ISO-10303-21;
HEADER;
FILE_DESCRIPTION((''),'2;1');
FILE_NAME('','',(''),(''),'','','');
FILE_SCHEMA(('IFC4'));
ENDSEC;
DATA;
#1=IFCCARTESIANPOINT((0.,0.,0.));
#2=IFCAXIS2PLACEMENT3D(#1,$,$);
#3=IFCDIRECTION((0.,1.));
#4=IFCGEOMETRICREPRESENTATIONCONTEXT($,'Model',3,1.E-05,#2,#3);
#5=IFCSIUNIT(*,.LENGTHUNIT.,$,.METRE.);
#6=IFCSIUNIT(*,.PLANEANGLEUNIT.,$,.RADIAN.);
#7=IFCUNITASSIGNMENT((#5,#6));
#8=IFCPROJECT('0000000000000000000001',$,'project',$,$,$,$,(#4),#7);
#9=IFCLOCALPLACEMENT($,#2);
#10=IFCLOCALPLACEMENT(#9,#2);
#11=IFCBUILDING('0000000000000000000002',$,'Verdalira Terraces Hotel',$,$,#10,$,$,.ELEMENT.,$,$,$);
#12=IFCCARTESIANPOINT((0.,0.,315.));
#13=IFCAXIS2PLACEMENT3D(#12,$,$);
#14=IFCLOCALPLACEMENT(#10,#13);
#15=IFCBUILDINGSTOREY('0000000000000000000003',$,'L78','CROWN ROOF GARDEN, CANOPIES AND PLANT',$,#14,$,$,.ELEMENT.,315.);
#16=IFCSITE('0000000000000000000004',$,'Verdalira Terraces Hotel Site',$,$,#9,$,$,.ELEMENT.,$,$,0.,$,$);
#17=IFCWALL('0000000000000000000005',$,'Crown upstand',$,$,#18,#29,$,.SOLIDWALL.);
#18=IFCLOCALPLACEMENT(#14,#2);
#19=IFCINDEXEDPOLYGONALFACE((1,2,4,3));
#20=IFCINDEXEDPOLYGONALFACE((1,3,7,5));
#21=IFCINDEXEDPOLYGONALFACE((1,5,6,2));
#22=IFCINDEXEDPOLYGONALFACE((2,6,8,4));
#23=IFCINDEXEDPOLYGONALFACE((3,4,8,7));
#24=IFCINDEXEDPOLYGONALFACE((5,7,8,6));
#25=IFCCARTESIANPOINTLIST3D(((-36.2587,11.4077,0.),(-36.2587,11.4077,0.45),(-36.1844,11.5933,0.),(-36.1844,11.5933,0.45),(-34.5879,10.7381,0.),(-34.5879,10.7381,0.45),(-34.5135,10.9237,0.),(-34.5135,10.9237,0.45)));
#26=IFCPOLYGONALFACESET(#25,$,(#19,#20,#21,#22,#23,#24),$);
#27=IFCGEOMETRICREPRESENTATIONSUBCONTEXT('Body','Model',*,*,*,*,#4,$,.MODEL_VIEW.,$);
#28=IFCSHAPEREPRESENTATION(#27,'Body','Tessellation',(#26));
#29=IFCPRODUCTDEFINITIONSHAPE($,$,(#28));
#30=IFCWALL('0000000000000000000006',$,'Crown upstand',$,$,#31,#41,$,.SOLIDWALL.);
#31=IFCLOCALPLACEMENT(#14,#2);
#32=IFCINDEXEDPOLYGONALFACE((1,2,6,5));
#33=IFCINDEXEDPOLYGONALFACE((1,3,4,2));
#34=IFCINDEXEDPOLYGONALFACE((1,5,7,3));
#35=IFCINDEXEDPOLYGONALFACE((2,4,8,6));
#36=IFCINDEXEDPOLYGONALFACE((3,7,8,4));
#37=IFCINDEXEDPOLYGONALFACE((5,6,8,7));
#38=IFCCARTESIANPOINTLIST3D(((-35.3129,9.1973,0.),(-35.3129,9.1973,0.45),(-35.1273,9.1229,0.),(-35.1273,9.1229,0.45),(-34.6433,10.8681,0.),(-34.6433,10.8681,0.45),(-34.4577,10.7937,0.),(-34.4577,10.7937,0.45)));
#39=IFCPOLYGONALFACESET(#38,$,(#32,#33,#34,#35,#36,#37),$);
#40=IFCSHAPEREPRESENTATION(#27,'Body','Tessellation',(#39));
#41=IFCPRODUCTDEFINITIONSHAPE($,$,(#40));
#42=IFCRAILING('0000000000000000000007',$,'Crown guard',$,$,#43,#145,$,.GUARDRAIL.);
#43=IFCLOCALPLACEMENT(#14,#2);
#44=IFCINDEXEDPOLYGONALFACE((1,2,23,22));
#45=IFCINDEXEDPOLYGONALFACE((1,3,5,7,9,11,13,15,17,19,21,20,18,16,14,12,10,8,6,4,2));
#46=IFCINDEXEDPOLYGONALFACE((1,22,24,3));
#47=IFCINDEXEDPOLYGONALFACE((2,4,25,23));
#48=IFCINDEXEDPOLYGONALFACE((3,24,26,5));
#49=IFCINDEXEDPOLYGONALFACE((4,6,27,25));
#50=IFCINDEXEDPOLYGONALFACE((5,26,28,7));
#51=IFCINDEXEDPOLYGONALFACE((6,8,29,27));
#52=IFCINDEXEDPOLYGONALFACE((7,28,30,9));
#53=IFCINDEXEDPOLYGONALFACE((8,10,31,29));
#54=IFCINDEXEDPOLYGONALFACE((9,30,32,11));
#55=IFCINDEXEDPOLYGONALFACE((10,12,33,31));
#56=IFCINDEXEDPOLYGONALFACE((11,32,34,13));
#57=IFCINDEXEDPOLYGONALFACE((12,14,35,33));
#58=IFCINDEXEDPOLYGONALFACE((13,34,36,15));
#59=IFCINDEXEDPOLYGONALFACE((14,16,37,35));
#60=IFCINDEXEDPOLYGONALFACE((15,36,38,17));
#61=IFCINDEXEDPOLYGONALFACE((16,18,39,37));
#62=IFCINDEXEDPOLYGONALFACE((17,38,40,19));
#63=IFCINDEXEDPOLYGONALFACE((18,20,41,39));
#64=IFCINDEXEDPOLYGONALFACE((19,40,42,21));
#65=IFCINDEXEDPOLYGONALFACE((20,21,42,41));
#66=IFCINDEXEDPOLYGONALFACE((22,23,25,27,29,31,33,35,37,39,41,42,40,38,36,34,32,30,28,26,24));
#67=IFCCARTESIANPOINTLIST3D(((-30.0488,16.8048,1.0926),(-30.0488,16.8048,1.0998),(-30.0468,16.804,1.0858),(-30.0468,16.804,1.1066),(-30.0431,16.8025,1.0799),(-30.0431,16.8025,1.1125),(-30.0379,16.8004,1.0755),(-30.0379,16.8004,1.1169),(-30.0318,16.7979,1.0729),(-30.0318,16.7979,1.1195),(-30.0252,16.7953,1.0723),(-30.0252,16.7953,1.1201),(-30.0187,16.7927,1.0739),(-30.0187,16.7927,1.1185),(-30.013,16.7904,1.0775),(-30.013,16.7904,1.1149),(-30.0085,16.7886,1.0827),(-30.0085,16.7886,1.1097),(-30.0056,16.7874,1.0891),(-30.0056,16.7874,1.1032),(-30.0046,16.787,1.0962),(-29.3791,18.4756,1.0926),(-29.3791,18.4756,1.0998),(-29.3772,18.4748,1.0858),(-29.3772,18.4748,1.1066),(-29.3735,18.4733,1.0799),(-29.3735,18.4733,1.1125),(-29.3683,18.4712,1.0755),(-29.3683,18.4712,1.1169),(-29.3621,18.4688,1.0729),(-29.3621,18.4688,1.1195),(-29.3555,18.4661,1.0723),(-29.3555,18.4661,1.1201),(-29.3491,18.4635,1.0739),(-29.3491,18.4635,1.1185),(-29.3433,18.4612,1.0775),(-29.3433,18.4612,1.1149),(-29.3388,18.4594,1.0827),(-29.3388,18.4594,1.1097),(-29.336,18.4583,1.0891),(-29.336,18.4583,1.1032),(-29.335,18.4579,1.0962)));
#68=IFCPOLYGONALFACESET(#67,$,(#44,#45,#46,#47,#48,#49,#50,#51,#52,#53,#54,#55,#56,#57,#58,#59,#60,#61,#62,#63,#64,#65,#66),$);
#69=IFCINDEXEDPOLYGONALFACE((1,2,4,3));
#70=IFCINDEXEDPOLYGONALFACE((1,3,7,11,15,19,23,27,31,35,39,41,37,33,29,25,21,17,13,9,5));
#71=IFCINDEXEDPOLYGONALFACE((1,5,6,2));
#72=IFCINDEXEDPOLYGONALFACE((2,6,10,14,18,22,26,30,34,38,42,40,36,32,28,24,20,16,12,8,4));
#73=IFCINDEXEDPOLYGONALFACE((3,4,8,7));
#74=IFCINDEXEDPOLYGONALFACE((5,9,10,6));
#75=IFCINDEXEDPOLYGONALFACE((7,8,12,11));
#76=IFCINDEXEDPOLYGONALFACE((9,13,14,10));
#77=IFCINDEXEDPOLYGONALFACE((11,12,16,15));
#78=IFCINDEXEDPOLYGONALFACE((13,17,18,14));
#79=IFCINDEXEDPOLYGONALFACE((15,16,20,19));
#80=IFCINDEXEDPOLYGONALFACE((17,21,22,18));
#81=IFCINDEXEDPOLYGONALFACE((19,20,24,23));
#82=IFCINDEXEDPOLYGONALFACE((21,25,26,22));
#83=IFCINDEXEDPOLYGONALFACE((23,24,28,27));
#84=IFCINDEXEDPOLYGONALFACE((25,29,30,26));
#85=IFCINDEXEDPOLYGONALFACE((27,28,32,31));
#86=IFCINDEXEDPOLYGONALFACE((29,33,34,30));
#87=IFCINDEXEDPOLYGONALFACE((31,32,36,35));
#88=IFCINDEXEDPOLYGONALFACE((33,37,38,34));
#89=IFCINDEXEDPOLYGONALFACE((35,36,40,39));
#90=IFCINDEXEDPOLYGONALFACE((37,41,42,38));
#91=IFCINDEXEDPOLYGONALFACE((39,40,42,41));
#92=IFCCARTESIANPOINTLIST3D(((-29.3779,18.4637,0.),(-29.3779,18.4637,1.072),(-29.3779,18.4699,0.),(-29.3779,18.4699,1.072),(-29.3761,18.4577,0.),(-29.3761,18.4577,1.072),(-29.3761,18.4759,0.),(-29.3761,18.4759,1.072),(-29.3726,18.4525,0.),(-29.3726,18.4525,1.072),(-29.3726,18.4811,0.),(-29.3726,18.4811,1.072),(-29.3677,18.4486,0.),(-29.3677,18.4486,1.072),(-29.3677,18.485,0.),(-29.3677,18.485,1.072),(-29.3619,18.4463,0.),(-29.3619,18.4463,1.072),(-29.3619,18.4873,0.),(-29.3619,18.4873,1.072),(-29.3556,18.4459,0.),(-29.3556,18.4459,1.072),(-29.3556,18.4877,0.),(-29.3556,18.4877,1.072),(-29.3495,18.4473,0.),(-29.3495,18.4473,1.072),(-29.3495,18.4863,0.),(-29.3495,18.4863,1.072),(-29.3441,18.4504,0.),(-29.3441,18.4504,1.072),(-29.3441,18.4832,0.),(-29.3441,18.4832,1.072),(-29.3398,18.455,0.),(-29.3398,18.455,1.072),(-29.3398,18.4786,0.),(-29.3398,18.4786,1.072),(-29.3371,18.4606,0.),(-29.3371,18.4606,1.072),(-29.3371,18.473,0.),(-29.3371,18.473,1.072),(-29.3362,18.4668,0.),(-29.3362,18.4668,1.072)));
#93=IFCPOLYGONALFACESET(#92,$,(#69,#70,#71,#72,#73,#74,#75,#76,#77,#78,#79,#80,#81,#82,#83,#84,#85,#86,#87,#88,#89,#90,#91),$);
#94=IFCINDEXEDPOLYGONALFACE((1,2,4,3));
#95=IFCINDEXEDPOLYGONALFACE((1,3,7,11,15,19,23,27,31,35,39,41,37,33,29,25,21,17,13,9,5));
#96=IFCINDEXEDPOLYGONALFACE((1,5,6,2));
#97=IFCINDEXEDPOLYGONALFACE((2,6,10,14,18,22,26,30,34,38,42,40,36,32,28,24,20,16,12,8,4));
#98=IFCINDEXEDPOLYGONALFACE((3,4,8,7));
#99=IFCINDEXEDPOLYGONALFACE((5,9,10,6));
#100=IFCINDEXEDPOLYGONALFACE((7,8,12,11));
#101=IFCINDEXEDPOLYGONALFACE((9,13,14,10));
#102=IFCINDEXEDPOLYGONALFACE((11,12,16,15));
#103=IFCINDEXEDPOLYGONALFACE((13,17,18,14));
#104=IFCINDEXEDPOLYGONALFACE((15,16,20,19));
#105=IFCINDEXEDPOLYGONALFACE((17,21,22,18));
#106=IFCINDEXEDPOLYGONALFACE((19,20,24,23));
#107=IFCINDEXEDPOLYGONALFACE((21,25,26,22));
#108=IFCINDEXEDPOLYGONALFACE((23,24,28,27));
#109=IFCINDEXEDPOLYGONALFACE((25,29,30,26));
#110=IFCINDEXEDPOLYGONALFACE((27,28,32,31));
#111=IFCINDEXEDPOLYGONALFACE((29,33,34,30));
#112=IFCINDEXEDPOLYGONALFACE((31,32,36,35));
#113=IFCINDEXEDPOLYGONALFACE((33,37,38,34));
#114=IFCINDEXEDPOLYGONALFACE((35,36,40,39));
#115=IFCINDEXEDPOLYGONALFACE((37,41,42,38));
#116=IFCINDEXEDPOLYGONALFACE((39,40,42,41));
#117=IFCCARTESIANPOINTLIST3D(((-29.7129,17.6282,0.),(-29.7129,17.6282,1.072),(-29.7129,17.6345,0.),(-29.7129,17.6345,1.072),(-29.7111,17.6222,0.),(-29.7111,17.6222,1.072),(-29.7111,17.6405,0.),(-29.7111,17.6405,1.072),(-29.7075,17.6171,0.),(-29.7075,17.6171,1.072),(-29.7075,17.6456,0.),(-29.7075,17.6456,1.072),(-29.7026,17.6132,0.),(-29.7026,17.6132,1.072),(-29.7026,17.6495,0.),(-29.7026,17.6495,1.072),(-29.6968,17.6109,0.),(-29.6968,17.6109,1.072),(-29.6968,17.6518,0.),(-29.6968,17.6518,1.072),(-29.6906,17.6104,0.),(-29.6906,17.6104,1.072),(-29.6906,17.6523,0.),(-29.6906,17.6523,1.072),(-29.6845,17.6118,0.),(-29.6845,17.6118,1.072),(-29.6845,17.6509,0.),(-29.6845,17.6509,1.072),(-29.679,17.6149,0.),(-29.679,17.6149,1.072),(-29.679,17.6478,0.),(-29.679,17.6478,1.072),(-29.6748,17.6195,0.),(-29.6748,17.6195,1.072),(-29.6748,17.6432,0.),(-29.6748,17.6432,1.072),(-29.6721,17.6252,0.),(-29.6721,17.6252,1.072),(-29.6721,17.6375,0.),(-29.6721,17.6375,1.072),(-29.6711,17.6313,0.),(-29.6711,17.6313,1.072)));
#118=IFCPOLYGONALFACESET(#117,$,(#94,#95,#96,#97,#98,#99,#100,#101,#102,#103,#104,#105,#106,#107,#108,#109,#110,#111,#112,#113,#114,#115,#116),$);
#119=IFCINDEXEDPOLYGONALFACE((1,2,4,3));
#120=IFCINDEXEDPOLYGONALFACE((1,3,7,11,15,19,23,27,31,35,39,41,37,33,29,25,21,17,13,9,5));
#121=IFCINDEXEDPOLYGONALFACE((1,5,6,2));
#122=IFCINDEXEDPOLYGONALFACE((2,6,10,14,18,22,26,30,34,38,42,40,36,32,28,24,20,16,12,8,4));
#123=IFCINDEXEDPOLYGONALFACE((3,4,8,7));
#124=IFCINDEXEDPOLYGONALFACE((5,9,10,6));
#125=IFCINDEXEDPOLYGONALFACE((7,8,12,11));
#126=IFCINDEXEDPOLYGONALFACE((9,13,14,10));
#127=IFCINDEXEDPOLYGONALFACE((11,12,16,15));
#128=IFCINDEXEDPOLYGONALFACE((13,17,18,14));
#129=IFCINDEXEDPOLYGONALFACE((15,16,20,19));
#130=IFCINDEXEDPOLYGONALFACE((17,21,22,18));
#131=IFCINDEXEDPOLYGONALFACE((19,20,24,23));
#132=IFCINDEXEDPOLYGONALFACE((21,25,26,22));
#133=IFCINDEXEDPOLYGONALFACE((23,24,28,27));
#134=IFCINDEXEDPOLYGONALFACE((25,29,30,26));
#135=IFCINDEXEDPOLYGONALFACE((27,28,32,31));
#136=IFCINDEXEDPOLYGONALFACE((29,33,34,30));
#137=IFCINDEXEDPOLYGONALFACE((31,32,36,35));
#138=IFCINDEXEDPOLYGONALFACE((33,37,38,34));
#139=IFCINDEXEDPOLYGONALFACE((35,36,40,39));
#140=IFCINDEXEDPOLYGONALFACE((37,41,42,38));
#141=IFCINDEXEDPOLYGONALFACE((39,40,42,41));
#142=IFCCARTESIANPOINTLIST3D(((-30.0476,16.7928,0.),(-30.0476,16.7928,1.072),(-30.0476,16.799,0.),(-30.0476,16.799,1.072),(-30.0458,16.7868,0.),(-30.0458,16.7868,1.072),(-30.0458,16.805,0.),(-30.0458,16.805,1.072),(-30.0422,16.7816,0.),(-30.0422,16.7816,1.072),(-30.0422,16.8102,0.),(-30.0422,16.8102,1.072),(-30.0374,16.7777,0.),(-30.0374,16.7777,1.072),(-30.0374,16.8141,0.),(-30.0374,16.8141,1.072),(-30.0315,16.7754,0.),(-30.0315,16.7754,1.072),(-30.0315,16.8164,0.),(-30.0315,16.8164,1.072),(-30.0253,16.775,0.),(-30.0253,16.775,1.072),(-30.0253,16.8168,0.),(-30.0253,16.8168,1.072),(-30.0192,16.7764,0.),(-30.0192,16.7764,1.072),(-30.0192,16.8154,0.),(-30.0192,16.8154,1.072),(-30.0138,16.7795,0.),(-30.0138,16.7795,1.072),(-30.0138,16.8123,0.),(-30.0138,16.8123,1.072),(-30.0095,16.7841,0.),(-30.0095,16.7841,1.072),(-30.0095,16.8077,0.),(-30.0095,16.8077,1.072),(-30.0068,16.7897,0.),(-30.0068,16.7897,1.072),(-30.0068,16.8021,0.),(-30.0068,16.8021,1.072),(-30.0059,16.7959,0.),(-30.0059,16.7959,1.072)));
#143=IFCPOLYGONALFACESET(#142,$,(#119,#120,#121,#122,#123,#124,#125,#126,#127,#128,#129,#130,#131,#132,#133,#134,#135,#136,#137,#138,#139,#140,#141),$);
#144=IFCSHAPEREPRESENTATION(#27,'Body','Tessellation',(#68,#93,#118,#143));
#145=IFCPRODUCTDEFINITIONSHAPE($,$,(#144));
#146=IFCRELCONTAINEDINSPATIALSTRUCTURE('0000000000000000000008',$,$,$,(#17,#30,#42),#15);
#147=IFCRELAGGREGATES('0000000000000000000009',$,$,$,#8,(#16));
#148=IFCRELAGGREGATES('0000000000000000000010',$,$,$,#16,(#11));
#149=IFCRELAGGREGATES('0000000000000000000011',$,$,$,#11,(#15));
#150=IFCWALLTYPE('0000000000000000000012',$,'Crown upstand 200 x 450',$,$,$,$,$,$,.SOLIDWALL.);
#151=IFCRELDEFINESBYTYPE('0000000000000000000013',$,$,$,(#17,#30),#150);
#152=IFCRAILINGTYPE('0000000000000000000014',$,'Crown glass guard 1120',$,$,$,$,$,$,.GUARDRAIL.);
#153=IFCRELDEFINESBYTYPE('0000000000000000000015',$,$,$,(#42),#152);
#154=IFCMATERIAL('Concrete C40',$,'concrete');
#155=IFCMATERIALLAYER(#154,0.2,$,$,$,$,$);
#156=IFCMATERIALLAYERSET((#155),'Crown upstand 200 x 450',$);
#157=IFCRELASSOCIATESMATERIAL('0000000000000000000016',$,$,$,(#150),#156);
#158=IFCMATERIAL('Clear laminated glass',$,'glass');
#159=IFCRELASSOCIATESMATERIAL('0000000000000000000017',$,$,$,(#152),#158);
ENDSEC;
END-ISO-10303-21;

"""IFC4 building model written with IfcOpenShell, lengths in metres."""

from ifc_helpers import new_model, si_unit, direction, frame, frame_2d, origin, origin_2d, place, context, subcontext, project, spatial, rectangle, circle, extrude, material, layer, layer_set, type_object, element, save


model = new_model("IFC4")

# Units and contexts
model_context = context("Model", 3, precision=1e-05, world=origin(), true_north=direction((0.0, 1.0)))
body_context = subcontext(model_context, "Body", "Model", "MODEL_VIEW")
ifc_project = project(units=[si_unit("LENGTHUNIT", "METRE"), si_unit("PLANEANGLEUNIT", "RADIAN")], contexts=[model_context])

# Site, building, storey
site_placement = place(None, origin())
site = spatial("IfcSite", under=ifc_project, at=site_placement, Name="Verdalira Terraces Hotel Site", CompositionType="ELEMENT", RefElevation=0.0)
building_placement = place(site_placement, origin())
building = spatial("IfcBuilding", under=site, at=building_placement, Name="Verdalira Terraces Hotel", CompositionType="ELEMENT")
storey_placement = place(building_placement, frame((0.0, 0.0, 315.0)))
storey = spatial("IfcBuildingStorey", under=building, at=storey_placement, Name="L78", Description="CROWN ROOF GARDEN, CANOPIES AND PLANT", CompositionType="ELEMENT", Elevation=315.0)

# Walls
ifc_material_1 = material(Name="Concrete C40", Category="concrete")
ifc_layer_1 = layer(ifc_material_1, 0.2)
ifc_layer_set_1 = layer_set([ifc_layer_1], Name="Crown upstand 200 x 450")
wall_type_1 = type_object("IfcWallType", Name="Crown upstand 200 x 450", PredefinedType="SOLIDWALL", material=ifc_layer_set_1)
for number, where, z_axis, x_axis, name in (
    (1, (-36.2214, 11.5005, 0.0), (0.0, 0.0, 1.0), (0.928224, -0.372022, 0.0), "Crown upstand"),
    (2, (-34.5505, 10.8308, 0.0), (0.0, 0.0, 1.0), (-0.372022, -0.928224, 0.0), "Crown upstand"),
):
    element("IfcWall", number, at=place(storey_placement, frame(where, z_axis=z_axis, x_axis=x_axis)), inside=storey, type_object=wall_type_1, Name=name, PredefinedType="SOLIDWALL", context=body_context, shape_type="SweptSolid", body=[
        extrude(rectangle(XDim=1.8, YDim=0.2, at=frame_2d((0.8999, 0.0))), origin(), (0.0, 0.0, 1.0), 0.45),
    ])

# Railing
ifc_material_2 = material(Name="Clear laminated glass", Category="glass")
railing_type = type_object("IfcRailingType", Name="Crown glass guard 1120", PredefinedType="GUARDRAIL", material=ifc_material_2)
railing_1_placement = place(storey_placement, frame((-29.3572, 18.4668, 0.0)))
element("IfcRailing", 3, at=railing_1_placement, inside=storey, type_object=railing_type, Name="Crown guard", PredefinedType="GUARDRAIL", context=body_context, shape_type="SweptSolid", body=[
    extrude(circle(Radius=0.0239, at=origin_2d()), frame((0.0, 0.0, 1.0962), z_axis=(-0.372022, -0.928224, 0.0), x_axis=(0.928224, -0.372022, 0.0)), (0.0, 0.0, 1.0), 1.8),
    extrude(circle(Radius=0.021, at=origin_2d()), origin(), (0.0, 0.0, 1.0), 1.072),
    extrude(circle(Radius=0.021, at=origin_2d()), frame((-0.335, -0.8354, 0.0)), (0.0, 0.0, 1.0), 1.072),
    extrude(circle(Radius=0.021, at=origin_2d()), frame((-0.6697, -1.6709, 0.0)), (0.0, 0.0, 1.0), 1.072),
])

save(model, "model.ifc")
